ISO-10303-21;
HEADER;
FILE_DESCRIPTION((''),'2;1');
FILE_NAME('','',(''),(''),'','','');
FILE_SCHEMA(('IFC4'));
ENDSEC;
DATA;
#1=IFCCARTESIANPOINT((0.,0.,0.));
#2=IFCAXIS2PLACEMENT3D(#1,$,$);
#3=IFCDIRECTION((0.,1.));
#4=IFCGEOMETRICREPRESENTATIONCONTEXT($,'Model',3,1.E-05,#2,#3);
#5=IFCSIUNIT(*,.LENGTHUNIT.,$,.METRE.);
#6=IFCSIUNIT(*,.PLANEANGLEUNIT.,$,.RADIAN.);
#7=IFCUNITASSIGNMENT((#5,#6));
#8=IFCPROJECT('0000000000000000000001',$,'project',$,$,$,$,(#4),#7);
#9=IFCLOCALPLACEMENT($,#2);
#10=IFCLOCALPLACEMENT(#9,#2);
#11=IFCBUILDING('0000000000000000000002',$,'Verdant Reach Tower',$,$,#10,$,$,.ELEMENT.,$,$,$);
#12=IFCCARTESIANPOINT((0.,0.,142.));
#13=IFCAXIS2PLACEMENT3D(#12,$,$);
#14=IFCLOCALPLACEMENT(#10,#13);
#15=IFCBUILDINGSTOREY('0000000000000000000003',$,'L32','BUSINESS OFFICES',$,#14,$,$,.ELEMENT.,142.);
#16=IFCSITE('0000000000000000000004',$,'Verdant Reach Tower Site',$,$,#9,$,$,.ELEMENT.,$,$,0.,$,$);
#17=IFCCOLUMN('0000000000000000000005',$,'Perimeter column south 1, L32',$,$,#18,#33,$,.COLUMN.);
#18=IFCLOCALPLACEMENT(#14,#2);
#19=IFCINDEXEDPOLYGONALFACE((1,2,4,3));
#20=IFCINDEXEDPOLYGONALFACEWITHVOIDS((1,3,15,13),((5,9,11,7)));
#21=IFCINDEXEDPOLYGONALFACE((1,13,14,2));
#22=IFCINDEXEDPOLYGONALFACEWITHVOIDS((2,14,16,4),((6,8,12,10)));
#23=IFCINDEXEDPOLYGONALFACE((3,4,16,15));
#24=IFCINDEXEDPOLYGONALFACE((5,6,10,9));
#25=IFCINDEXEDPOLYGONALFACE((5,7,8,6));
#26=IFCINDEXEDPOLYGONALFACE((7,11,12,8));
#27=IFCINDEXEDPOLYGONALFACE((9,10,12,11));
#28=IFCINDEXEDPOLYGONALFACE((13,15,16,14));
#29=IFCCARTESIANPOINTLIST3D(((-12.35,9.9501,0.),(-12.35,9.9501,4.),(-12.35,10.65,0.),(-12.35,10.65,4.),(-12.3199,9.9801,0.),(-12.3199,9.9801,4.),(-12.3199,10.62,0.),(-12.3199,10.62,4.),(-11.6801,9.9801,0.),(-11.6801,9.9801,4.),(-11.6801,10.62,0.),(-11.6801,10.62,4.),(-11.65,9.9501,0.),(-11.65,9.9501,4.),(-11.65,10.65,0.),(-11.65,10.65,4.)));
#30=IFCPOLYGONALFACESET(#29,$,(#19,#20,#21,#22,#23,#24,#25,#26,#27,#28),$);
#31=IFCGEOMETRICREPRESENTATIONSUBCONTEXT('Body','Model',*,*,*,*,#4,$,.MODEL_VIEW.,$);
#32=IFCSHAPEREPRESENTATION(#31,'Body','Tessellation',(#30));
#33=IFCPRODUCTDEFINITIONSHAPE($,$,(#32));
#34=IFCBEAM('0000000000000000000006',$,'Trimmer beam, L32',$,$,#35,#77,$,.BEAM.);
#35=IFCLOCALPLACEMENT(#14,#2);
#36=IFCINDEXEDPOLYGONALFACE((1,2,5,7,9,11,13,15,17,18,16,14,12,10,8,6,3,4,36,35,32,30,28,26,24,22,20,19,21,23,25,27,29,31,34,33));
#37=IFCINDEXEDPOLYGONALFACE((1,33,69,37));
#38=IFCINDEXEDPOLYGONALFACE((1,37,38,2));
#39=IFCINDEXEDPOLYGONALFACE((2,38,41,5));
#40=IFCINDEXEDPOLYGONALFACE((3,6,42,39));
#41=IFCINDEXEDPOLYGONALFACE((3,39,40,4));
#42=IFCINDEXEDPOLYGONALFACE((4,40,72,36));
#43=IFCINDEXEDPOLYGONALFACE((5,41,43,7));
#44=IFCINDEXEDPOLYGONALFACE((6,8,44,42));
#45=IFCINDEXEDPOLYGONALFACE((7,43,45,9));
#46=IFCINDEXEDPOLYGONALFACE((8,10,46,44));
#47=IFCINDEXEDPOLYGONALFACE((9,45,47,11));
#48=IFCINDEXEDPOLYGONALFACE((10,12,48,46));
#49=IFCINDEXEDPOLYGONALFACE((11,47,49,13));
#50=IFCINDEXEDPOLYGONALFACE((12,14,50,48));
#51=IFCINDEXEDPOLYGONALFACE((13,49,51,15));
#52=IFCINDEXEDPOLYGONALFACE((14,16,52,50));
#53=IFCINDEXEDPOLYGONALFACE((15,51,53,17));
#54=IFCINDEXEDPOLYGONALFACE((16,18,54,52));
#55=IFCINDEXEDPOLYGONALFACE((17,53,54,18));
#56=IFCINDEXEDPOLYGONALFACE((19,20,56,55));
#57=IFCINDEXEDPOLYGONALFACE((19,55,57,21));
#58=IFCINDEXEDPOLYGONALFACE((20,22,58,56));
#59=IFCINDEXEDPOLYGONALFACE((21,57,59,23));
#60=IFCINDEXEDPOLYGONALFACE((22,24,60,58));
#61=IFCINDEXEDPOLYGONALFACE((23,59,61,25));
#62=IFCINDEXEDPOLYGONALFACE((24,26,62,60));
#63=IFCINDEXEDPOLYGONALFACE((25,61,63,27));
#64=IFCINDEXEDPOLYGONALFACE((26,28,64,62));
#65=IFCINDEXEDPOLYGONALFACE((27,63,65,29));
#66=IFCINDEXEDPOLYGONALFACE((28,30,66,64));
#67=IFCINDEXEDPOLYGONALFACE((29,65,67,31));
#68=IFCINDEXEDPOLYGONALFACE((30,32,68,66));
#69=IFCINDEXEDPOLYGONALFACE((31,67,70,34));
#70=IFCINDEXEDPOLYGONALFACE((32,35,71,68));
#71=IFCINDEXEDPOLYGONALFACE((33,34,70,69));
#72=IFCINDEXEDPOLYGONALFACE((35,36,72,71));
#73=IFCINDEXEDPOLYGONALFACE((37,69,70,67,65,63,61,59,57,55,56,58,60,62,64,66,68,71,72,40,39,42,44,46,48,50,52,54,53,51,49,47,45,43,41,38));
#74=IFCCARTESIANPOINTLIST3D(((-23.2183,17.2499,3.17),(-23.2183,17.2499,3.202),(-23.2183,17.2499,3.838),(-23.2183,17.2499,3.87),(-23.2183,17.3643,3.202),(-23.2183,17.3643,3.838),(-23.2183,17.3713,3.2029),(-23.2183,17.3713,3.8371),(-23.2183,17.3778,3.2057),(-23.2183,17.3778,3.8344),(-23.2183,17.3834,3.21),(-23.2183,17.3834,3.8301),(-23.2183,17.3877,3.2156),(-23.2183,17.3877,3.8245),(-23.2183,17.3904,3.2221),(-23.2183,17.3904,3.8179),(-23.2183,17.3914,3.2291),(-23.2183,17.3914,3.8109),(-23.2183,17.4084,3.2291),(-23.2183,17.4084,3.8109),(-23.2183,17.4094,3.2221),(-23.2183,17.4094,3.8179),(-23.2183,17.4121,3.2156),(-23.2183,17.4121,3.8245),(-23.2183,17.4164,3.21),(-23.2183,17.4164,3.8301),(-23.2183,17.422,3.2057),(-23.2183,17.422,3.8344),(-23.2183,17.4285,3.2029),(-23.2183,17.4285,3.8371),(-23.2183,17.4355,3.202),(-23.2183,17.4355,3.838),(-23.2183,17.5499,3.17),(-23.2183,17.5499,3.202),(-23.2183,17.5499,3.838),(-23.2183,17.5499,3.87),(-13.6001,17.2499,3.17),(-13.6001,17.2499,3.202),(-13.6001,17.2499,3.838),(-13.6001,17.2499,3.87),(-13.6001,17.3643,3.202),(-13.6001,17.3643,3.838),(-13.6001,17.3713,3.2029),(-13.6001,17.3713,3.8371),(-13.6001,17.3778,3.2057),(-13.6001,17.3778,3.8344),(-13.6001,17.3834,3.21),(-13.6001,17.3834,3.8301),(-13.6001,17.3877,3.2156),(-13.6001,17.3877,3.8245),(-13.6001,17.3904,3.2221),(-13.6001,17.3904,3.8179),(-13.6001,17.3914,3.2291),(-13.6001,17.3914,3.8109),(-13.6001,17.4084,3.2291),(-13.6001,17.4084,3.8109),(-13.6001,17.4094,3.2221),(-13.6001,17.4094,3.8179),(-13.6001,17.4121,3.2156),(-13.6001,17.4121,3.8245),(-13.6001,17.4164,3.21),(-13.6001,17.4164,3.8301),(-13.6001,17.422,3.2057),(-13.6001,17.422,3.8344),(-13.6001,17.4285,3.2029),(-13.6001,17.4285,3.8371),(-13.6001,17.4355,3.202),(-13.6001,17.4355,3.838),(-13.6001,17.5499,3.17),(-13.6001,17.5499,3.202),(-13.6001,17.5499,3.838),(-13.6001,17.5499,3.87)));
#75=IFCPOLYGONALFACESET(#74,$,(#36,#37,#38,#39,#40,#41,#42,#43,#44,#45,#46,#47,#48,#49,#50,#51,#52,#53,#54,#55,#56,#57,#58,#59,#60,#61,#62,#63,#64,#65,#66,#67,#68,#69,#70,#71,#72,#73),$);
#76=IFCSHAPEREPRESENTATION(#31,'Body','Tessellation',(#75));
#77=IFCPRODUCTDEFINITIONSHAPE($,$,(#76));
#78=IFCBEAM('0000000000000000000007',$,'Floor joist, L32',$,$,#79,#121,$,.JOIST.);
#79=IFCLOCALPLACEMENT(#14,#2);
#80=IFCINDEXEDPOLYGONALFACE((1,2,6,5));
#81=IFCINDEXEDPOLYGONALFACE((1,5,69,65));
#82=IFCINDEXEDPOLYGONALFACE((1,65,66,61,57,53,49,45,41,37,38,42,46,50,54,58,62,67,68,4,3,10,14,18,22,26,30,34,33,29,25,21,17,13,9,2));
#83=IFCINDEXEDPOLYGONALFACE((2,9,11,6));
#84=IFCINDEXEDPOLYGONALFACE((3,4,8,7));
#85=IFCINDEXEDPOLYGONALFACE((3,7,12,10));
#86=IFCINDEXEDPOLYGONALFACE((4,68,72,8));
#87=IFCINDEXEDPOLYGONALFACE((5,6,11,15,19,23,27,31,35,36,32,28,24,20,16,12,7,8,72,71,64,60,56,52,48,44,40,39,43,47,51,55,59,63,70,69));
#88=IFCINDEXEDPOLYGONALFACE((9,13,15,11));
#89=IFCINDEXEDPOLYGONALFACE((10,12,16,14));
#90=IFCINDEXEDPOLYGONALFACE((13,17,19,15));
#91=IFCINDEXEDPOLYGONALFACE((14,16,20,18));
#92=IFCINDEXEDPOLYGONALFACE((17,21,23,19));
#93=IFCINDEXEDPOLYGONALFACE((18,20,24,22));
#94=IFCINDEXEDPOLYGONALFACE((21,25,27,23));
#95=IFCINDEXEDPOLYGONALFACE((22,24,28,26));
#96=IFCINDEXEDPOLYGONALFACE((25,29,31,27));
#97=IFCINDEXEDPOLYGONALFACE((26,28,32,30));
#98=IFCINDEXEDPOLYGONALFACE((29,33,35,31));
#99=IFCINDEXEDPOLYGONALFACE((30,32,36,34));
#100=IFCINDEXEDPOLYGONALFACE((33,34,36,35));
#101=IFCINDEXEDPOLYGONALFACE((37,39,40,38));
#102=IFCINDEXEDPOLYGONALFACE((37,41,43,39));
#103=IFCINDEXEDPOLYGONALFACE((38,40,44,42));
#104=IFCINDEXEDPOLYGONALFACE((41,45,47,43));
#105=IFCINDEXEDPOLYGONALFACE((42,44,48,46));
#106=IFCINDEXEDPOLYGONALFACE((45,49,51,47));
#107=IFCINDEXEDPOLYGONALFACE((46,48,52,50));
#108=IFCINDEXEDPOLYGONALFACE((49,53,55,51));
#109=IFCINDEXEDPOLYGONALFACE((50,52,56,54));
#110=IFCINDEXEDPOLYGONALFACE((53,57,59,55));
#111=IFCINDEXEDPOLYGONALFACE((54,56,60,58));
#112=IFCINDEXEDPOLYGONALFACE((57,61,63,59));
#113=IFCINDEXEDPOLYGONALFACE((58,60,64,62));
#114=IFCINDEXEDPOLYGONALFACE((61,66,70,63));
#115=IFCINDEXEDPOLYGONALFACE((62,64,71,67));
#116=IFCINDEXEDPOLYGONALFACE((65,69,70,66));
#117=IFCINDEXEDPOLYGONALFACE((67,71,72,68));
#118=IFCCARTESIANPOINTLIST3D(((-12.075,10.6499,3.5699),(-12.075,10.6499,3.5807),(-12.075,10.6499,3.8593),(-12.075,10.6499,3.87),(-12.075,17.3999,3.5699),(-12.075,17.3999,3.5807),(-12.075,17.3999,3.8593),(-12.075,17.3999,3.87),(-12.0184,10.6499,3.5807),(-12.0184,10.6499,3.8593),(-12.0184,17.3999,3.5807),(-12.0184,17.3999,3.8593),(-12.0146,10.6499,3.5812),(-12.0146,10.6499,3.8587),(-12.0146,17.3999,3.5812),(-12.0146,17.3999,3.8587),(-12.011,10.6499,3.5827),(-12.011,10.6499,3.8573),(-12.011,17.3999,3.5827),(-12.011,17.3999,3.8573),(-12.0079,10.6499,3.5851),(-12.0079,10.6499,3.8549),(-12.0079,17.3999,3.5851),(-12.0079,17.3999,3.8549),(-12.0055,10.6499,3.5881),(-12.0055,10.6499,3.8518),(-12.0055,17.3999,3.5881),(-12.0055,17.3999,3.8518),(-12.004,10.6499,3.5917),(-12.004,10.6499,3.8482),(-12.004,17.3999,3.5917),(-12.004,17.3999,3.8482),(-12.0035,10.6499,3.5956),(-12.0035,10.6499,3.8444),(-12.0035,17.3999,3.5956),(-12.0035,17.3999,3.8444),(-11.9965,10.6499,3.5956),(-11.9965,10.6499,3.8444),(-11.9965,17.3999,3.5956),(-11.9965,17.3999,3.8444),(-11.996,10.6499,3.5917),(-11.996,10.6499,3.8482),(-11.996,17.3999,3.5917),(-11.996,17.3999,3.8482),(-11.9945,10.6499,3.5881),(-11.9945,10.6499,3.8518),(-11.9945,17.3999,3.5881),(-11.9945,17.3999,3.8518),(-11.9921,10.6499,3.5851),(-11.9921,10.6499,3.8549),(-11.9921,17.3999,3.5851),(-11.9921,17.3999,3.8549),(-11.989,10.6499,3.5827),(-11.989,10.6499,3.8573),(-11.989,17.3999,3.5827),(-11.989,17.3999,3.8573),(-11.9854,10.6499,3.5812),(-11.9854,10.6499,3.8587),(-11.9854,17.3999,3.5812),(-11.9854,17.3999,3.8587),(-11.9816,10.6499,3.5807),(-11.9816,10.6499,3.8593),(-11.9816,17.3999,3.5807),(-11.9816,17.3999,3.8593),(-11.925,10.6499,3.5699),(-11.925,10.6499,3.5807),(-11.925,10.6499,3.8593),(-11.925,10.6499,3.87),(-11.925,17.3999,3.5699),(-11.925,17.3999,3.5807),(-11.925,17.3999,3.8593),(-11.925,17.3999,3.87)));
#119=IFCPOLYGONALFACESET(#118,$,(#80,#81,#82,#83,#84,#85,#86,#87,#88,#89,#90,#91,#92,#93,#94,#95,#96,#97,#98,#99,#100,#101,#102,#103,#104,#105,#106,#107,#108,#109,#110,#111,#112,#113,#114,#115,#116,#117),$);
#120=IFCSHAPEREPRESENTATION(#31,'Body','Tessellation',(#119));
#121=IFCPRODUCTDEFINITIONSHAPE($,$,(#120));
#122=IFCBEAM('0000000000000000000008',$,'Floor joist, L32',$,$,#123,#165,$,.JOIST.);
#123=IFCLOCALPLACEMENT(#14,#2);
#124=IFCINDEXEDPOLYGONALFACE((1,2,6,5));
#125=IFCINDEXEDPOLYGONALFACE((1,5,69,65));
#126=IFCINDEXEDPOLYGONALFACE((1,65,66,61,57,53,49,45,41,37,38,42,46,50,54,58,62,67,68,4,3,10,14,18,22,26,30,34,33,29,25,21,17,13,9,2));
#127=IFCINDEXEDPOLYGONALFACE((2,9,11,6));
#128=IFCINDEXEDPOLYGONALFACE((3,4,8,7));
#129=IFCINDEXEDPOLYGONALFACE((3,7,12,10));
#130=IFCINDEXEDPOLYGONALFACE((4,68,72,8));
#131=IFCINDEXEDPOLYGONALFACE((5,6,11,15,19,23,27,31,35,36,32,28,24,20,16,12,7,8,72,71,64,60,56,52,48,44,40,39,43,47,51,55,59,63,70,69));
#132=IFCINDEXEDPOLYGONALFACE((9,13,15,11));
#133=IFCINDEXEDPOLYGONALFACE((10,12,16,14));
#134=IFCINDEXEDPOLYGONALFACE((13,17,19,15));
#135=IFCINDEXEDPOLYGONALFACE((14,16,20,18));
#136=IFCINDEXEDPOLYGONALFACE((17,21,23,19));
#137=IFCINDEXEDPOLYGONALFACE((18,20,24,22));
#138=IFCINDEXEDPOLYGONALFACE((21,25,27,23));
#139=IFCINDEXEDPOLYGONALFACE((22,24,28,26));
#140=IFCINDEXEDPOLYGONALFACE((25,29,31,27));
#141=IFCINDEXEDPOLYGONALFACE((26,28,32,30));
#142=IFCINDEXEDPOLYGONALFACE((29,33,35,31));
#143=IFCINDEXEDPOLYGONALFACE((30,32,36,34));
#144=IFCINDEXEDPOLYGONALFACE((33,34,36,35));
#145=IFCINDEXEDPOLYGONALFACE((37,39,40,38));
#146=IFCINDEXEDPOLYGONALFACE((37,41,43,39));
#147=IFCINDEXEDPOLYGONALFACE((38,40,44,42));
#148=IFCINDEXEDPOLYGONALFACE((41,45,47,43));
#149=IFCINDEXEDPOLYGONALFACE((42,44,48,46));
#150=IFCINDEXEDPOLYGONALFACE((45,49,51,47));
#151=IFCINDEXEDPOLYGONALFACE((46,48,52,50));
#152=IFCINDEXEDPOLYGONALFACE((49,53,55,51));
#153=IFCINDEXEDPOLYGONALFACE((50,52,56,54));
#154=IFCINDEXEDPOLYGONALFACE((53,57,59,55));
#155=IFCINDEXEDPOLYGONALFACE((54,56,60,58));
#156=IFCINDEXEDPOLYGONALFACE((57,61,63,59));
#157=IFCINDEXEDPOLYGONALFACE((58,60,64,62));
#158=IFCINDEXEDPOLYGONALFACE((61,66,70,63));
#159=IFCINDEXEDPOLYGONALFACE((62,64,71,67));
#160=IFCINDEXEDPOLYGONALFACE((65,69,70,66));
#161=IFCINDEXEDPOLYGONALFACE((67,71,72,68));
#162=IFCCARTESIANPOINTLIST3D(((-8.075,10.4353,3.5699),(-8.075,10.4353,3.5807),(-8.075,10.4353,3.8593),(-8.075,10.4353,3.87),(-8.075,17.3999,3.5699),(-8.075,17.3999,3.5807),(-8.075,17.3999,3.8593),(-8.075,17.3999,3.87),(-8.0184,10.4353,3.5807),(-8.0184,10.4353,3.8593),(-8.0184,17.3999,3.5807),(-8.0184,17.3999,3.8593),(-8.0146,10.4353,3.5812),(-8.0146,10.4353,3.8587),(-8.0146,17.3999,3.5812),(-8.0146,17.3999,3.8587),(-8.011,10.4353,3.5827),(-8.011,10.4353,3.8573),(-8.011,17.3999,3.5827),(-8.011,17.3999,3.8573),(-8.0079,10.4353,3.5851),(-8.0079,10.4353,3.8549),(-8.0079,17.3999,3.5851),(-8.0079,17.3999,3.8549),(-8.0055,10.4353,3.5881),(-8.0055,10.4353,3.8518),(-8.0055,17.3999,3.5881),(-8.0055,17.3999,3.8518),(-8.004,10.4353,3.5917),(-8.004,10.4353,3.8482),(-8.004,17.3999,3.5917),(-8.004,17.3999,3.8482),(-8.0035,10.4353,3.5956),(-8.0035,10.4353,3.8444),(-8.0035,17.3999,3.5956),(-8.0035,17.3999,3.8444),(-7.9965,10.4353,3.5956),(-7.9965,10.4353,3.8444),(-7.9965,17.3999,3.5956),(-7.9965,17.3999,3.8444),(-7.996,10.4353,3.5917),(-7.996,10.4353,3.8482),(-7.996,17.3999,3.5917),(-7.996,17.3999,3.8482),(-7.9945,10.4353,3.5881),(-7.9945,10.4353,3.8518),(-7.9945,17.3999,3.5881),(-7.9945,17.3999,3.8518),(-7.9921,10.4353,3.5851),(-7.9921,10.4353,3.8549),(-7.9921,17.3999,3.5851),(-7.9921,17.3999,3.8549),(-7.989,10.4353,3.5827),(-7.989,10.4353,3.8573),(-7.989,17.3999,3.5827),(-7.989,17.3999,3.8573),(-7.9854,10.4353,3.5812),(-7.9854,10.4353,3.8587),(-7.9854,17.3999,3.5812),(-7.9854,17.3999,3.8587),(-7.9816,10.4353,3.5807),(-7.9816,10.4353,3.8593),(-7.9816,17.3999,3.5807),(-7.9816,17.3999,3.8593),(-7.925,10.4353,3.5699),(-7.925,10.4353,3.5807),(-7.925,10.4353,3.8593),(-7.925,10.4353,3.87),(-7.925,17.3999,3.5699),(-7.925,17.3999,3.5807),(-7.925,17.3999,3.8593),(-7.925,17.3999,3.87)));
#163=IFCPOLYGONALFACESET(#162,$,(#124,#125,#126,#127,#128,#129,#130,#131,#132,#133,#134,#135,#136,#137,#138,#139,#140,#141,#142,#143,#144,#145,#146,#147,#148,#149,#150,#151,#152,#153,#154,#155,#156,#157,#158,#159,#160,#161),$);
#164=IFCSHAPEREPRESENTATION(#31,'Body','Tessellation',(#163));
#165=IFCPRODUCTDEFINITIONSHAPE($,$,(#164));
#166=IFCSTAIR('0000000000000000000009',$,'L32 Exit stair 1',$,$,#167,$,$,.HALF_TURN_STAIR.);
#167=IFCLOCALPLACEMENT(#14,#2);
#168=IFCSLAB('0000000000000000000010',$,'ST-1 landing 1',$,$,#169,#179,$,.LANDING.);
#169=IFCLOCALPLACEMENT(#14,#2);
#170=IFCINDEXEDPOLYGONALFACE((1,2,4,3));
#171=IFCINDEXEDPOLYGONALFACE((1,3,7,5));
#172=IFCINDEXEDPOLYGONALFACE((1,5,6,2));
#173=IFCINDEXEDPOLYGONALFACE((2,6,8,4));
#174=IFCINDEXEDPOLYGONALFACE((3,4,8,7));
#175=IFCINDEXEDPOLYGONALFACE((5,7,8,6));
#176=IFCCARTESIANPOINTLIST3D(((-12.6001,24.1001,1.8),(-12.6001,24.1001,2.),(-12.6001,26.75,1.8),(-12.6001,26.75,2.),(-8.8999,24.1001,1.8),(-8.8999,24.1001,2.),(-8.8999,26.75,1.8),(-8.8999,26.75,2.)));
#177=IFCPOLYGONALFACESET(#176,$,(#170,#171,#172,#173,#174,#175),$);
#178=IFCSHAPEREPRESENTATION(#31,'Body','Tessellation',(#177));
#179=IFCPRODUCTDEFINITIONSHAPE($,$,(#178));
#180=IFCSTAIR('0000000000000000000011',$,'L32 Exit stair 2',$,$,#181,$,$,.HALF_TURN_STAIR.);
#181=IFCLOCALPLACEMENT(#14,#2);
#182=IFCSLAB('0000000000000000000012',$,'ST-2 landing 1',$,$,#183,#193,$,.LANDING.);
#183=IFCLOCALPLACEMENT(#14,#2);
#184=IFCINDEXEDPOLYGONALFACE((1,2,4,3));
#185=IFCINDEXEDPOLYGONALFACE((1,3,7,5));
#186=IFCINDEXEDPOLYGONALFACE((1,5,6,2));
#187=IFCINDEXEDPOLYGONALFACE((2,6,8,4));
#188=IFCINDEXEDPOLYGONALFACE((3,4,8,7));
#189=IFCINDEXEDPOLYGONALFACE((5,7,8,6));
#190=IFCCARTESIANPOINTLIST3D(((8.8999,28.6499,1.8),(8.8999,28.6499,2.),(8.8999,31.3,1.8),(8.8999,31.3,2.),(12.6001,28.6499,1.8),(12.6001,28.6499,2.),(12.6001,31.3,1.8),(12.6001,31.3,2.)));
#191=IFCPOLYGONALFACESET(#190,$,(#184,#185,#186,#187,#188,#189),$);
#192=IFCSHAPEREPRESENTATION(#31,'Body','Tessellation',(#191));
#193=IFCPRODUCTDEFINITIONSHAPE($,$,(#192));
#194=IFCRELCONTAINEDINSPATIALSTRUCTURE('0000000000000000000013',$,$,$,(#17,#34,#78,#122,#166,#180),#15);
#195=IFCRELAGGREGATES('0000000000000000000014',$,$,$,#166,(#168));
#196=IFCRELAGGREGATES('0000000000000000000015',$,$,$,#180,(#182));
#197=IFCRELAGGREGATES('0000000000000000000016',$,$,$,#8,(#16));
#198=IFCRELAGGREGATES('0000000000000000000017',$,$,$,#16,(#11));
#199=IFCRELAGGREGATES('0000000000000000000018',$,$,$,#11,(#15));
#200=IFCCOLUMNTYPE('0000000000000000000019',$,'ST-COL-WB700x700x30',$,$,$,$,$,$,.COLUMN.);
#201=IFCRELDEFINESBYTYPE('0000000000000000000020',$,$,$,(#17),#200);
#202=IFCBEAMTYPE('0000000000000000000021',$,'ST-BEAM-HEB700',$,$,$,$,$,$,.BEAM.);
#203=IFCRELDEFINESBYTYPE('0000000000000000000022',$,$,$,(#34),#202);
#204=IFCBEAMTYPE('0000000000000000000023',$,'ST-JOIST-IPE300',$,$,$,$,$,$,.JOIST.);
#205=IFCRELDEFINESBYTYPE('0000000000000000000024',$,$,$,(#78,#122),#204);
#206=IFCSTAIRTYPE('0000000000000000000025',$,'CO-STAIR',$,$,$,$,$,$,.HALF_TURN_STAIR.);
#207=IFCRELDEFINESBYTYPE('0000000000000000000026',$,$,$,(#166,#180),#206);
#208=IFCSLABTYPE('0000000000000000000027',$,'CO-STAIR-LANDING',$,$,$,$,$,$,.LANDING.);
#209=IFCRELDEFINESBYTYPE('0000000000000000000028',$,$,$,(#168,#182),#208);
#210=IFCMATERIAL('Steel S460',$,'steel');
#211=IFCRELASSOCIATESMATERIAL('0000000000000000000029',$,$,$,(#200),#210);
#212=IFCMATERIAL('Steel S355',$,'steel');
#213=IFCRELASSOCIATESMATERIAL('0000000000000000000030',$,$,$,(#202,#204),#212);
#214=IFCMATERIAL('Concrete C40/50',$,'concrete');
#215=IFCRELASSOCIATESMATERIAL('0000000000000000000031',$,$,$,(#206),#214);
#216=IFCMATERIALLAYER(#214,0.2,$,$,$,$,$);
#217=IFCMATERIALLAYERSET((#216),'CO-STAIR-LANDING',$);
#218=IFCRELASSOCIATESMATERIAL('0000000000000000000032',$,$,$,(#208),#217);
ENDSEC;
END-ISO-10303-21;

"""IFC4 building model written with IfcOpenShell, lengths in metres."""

from ifc_helpers import new_model, si_unit, direction, frame, origin, origin_2d, place, context, subcontext, project, spatial, polyline, hollow_rectangle, i_section, outline, extrude, material, layer, layer_set, material_profile, profile_set, type_object, element, aggregate, save


model = new_model("IFC4")

# Units and contexts
model_context = context("Model", 3, precision=1e-05, world=origin(), true_north=direction((0.0, 1.0)))
body_context = subcontext(model_context, "Body", "Model", "MODEL_VIEW")
ifc_project = project(units=[si_unit("LENGTHUNIT", "METRE"), si_unit("PLANEANGLEUNIT", "RADIAN")], contexts=[model_context])

# Site, building, storey
site_placement = place(None, origin())
site = spatial("IfcSite", under=ifc_project, at=site_placement, Name="Verdant Reach Tower Site", CompositionType="ELEMENT", RefElevation=0.0)
building_placement = place(site_placement, origin())
building = spatial("IfcBuilding", under=site, at=building_placement, Name="Verdant Reach Tower", CompositionType="ELEMENT")
storey_placement = place(building_placement, frame((0.0, 0.0, 142.0)))
storey = spatial("IfcBuildingStorey", under=building, at=storey_placement, Name="L32", Description="BUSINESS OFFICES", CompositionType="ELEMENT", Elevation=142.0)

# Column
ifc_material_1 = material(Name="Steel S460", Category="steel")
ifc_material_profile_1 = material_profile(ifc_material_1, hollow_rectangle(XDim=0.7, YDim=0.7, WallThickness=0.03, at=origin_2d()), Name="WB 700x700x30")
ifc_profile_set_1 = profile_set([ifc_material_profile_1], Name="Steel S460")
column_type = type_object("IfcColumnType", Name="ST-COL-WB700x700x30", PredefinedType="COLUMN", material=ifc_profile_set_1)
column_placement = place(storey_placement, frame((-12.0, 10.3, 0.0), z_axis=(0.0, 0.0, 1.0), x_axis=(1.0, 0.0, 0.0)))
element("IfcColumn", 1, at=column_placement, inside=storey, type_object=column_type, Name="Perimeter column south 1, L32", PredefinedType="COLUMN", context=body_context, shape_type="SweptSolid", body=[
    extrude(hollow_rectangle(XDim=0.7, YDim=0.7, WallThickness=0.03, at=origin_2d()), origin(), (0.0, 0.0, 1.0), 4.0),
])

# Beams
ifc_material_2 = material(Name="Steel S355", Category="steel")
ifc_material_profile_2 = material_profile(ifc_material_2, i_section(OverallWidth=0.3, OverallDepth=0.7, WebThickness=0.0171, FlangeThickness=0.032, FilletRadius=0.0271, at=origin_2d()), Name="HEB 700")
ifc_profile_set_2 = profile_set([ifc_material_profile_2], Name="Steel S355")
beam_type_1 = type_object("IfcBeamType", Name="ST-BEAM-HEB700", PredefinedType="BEAM", material=ifc_profile_set_2)
beam_1_placement = place(storey_placement, frame((-13.6001, 17.3999, 3.52), z_axis=(-1.0, 0.0, 0.0), x_axis=(0.0, -1.0, 0.0)))
element("IfcBeam", 2, at=beam_1_placement, inside=storey, type_object=beam_type_1, Name="Trimmer beam, L32", PredefinedType="BEAM", context=body_context, shape_type="SweptSolid", body=[
    extrude(i_section(OverallWidth=0.3, OverallDepth=0.7, WebThickness=0.0171, FlangeThickness=0.032, FilletRadius=0.0271, at=origin_2d()), origin(), (0.0, 0.0, 1.0), 9.6182),
])
ifc_material_profile_3 = material_profile(ifc_material_2, i_section(OverallWidth=0.1499, OverallDepth=0.3, WebThickness=0.0071, FlangeThickness=0.0107, FilletRadius=0.0149, at=origin_2d()), Name="IPE 300")
ifc_profile_set_3 = profile_set([ifc_material_profile_3], Name="Steel S355")
beam_type_2 = type_object("IfcBeamType", Name="ST-JOIST-IPE300", PredefinedType="JOIST", material=ifc_profile_set_3)
beam_2_placement = place(storey_placement, frame((-12.0, 17.3999, 3.72), z_axis=(0.0, -1.0, 0.0), x_axis=(1.0, 0.0, 0.0)))
element("IfcBeam", 3, at=beam_2_placement, inside=storey, type_object=beam_type_2, Name="Floor joist, L32", PredefinedType="JOIST", context=body_context, shape_type="SweptSolid", body=[
    extrude(i_section(OverallWidth=0.1499, OverallDepth=0.3, WebThickness=0.0071, FlangeThickness=0.0107, FilletRadius=0.0149, at=origin_2d()), origin(), (0.0, 0.0, 1.0), 6.75),
])
beam_3_placement = place(storey_placement, frame((-8.0, 17.3999, 3.72), z_axis=(0.0, -1.0, 0.0), x_axis=(1.0, 0.0, 0.0)))
element("IfcBeam", 4, at=beam_3_placement, inside=storey, type_object=beam_type_2, Name="Floor joist, L32", PredefinedType="JOIST", context=body_context, shape_type="SweptSolid", body=[
    extrude(i_section(OverallWidth=0.1499, OverallDepth=0.3, WebThickness=0.0071, FlangeThickness=0.0107, FilletRadius=0.0149, at=origin_2d()), origin(), (0.0, 0.0, 1.0), 6.9646),
])

# Stairs, slabs
ifc_material_3 = material(Name="Concrete C40/50", Category="concrete")
stair_type = type_object("IfcStairType", Name="CO-STAIR", PredefinedType="HALF_TURN_STAIR", material=ifc_material_3)
stair_1_placement = place(storey_placement, origin())
stair_1 = element("IfcStair", 5, at=stair_1_placement, inside=storey, type_object=stair_type, Name="L32 Exit stair 1", PredefinedType="HALF_TURN_STAIR")
ifc_layer_1 = layer(ifc_material_3, 0.2)
ifc_layer_set_1 = layer_set([ifc_layer_1], Name="CO-STAIR-LANDING")
slab_type_1 = type_object("IfcSlabType", Name="CO-STAIR-LANDING", PredefinedType="LANDING", material=ifc_layer_set_1)
slab_1_placement = place(storey_placement, frame((0.0, 0.0, 1.8)))
slab_1 = element("IfcSlab", 6, at=slab_1_placement, type_object=slab_type_1, Name="ST-1 landing 1", PredefinedType="LANDING", context=body_context, shape_type="SweptSolid", body=[
    extrude(outline(polyline([(-12.6001, 26.75), (-12.6001, 24.1001), (-8.8999, 24.1001), (-8.8999, 26.75), (-12.6001, 26.75)])), origin(), (0.0, 0.0, 1.0), 0.2),
])
aggregate(stair_1, [slab_1])
stair_2_placement = place(storey_placement, origin())
stair_2 = element("IfcStair", 7, at=stair_2_placement, inside=storey, type_object=stair_type, Name="L32 Exit stair 2", PredefinedType="HALF_TURN_STAIR")
slab_2_placement = place(storey_placement, frame((0.0, 0.0, 1.8)))
slab_2 = element("IfcSlab", 8, at=slab_2_placement, type_object=slab_type_1, Name="ST-2 landing 1", PredefinedType="LANDING", context=body_context, shape_type="SweptSolid", body=[
    extrude(outline(polyline([(12.6001, 28.6499), (12.6001, 31.3), (8.8999, 31.3), (8.8999, 28.6499), (12.6001, 28.6499)])), origin(), (0.0, 0.0, 1.0), 0.2),
])
aggregate(stair_2, [slab_2])

save(model, "model.ifc")
